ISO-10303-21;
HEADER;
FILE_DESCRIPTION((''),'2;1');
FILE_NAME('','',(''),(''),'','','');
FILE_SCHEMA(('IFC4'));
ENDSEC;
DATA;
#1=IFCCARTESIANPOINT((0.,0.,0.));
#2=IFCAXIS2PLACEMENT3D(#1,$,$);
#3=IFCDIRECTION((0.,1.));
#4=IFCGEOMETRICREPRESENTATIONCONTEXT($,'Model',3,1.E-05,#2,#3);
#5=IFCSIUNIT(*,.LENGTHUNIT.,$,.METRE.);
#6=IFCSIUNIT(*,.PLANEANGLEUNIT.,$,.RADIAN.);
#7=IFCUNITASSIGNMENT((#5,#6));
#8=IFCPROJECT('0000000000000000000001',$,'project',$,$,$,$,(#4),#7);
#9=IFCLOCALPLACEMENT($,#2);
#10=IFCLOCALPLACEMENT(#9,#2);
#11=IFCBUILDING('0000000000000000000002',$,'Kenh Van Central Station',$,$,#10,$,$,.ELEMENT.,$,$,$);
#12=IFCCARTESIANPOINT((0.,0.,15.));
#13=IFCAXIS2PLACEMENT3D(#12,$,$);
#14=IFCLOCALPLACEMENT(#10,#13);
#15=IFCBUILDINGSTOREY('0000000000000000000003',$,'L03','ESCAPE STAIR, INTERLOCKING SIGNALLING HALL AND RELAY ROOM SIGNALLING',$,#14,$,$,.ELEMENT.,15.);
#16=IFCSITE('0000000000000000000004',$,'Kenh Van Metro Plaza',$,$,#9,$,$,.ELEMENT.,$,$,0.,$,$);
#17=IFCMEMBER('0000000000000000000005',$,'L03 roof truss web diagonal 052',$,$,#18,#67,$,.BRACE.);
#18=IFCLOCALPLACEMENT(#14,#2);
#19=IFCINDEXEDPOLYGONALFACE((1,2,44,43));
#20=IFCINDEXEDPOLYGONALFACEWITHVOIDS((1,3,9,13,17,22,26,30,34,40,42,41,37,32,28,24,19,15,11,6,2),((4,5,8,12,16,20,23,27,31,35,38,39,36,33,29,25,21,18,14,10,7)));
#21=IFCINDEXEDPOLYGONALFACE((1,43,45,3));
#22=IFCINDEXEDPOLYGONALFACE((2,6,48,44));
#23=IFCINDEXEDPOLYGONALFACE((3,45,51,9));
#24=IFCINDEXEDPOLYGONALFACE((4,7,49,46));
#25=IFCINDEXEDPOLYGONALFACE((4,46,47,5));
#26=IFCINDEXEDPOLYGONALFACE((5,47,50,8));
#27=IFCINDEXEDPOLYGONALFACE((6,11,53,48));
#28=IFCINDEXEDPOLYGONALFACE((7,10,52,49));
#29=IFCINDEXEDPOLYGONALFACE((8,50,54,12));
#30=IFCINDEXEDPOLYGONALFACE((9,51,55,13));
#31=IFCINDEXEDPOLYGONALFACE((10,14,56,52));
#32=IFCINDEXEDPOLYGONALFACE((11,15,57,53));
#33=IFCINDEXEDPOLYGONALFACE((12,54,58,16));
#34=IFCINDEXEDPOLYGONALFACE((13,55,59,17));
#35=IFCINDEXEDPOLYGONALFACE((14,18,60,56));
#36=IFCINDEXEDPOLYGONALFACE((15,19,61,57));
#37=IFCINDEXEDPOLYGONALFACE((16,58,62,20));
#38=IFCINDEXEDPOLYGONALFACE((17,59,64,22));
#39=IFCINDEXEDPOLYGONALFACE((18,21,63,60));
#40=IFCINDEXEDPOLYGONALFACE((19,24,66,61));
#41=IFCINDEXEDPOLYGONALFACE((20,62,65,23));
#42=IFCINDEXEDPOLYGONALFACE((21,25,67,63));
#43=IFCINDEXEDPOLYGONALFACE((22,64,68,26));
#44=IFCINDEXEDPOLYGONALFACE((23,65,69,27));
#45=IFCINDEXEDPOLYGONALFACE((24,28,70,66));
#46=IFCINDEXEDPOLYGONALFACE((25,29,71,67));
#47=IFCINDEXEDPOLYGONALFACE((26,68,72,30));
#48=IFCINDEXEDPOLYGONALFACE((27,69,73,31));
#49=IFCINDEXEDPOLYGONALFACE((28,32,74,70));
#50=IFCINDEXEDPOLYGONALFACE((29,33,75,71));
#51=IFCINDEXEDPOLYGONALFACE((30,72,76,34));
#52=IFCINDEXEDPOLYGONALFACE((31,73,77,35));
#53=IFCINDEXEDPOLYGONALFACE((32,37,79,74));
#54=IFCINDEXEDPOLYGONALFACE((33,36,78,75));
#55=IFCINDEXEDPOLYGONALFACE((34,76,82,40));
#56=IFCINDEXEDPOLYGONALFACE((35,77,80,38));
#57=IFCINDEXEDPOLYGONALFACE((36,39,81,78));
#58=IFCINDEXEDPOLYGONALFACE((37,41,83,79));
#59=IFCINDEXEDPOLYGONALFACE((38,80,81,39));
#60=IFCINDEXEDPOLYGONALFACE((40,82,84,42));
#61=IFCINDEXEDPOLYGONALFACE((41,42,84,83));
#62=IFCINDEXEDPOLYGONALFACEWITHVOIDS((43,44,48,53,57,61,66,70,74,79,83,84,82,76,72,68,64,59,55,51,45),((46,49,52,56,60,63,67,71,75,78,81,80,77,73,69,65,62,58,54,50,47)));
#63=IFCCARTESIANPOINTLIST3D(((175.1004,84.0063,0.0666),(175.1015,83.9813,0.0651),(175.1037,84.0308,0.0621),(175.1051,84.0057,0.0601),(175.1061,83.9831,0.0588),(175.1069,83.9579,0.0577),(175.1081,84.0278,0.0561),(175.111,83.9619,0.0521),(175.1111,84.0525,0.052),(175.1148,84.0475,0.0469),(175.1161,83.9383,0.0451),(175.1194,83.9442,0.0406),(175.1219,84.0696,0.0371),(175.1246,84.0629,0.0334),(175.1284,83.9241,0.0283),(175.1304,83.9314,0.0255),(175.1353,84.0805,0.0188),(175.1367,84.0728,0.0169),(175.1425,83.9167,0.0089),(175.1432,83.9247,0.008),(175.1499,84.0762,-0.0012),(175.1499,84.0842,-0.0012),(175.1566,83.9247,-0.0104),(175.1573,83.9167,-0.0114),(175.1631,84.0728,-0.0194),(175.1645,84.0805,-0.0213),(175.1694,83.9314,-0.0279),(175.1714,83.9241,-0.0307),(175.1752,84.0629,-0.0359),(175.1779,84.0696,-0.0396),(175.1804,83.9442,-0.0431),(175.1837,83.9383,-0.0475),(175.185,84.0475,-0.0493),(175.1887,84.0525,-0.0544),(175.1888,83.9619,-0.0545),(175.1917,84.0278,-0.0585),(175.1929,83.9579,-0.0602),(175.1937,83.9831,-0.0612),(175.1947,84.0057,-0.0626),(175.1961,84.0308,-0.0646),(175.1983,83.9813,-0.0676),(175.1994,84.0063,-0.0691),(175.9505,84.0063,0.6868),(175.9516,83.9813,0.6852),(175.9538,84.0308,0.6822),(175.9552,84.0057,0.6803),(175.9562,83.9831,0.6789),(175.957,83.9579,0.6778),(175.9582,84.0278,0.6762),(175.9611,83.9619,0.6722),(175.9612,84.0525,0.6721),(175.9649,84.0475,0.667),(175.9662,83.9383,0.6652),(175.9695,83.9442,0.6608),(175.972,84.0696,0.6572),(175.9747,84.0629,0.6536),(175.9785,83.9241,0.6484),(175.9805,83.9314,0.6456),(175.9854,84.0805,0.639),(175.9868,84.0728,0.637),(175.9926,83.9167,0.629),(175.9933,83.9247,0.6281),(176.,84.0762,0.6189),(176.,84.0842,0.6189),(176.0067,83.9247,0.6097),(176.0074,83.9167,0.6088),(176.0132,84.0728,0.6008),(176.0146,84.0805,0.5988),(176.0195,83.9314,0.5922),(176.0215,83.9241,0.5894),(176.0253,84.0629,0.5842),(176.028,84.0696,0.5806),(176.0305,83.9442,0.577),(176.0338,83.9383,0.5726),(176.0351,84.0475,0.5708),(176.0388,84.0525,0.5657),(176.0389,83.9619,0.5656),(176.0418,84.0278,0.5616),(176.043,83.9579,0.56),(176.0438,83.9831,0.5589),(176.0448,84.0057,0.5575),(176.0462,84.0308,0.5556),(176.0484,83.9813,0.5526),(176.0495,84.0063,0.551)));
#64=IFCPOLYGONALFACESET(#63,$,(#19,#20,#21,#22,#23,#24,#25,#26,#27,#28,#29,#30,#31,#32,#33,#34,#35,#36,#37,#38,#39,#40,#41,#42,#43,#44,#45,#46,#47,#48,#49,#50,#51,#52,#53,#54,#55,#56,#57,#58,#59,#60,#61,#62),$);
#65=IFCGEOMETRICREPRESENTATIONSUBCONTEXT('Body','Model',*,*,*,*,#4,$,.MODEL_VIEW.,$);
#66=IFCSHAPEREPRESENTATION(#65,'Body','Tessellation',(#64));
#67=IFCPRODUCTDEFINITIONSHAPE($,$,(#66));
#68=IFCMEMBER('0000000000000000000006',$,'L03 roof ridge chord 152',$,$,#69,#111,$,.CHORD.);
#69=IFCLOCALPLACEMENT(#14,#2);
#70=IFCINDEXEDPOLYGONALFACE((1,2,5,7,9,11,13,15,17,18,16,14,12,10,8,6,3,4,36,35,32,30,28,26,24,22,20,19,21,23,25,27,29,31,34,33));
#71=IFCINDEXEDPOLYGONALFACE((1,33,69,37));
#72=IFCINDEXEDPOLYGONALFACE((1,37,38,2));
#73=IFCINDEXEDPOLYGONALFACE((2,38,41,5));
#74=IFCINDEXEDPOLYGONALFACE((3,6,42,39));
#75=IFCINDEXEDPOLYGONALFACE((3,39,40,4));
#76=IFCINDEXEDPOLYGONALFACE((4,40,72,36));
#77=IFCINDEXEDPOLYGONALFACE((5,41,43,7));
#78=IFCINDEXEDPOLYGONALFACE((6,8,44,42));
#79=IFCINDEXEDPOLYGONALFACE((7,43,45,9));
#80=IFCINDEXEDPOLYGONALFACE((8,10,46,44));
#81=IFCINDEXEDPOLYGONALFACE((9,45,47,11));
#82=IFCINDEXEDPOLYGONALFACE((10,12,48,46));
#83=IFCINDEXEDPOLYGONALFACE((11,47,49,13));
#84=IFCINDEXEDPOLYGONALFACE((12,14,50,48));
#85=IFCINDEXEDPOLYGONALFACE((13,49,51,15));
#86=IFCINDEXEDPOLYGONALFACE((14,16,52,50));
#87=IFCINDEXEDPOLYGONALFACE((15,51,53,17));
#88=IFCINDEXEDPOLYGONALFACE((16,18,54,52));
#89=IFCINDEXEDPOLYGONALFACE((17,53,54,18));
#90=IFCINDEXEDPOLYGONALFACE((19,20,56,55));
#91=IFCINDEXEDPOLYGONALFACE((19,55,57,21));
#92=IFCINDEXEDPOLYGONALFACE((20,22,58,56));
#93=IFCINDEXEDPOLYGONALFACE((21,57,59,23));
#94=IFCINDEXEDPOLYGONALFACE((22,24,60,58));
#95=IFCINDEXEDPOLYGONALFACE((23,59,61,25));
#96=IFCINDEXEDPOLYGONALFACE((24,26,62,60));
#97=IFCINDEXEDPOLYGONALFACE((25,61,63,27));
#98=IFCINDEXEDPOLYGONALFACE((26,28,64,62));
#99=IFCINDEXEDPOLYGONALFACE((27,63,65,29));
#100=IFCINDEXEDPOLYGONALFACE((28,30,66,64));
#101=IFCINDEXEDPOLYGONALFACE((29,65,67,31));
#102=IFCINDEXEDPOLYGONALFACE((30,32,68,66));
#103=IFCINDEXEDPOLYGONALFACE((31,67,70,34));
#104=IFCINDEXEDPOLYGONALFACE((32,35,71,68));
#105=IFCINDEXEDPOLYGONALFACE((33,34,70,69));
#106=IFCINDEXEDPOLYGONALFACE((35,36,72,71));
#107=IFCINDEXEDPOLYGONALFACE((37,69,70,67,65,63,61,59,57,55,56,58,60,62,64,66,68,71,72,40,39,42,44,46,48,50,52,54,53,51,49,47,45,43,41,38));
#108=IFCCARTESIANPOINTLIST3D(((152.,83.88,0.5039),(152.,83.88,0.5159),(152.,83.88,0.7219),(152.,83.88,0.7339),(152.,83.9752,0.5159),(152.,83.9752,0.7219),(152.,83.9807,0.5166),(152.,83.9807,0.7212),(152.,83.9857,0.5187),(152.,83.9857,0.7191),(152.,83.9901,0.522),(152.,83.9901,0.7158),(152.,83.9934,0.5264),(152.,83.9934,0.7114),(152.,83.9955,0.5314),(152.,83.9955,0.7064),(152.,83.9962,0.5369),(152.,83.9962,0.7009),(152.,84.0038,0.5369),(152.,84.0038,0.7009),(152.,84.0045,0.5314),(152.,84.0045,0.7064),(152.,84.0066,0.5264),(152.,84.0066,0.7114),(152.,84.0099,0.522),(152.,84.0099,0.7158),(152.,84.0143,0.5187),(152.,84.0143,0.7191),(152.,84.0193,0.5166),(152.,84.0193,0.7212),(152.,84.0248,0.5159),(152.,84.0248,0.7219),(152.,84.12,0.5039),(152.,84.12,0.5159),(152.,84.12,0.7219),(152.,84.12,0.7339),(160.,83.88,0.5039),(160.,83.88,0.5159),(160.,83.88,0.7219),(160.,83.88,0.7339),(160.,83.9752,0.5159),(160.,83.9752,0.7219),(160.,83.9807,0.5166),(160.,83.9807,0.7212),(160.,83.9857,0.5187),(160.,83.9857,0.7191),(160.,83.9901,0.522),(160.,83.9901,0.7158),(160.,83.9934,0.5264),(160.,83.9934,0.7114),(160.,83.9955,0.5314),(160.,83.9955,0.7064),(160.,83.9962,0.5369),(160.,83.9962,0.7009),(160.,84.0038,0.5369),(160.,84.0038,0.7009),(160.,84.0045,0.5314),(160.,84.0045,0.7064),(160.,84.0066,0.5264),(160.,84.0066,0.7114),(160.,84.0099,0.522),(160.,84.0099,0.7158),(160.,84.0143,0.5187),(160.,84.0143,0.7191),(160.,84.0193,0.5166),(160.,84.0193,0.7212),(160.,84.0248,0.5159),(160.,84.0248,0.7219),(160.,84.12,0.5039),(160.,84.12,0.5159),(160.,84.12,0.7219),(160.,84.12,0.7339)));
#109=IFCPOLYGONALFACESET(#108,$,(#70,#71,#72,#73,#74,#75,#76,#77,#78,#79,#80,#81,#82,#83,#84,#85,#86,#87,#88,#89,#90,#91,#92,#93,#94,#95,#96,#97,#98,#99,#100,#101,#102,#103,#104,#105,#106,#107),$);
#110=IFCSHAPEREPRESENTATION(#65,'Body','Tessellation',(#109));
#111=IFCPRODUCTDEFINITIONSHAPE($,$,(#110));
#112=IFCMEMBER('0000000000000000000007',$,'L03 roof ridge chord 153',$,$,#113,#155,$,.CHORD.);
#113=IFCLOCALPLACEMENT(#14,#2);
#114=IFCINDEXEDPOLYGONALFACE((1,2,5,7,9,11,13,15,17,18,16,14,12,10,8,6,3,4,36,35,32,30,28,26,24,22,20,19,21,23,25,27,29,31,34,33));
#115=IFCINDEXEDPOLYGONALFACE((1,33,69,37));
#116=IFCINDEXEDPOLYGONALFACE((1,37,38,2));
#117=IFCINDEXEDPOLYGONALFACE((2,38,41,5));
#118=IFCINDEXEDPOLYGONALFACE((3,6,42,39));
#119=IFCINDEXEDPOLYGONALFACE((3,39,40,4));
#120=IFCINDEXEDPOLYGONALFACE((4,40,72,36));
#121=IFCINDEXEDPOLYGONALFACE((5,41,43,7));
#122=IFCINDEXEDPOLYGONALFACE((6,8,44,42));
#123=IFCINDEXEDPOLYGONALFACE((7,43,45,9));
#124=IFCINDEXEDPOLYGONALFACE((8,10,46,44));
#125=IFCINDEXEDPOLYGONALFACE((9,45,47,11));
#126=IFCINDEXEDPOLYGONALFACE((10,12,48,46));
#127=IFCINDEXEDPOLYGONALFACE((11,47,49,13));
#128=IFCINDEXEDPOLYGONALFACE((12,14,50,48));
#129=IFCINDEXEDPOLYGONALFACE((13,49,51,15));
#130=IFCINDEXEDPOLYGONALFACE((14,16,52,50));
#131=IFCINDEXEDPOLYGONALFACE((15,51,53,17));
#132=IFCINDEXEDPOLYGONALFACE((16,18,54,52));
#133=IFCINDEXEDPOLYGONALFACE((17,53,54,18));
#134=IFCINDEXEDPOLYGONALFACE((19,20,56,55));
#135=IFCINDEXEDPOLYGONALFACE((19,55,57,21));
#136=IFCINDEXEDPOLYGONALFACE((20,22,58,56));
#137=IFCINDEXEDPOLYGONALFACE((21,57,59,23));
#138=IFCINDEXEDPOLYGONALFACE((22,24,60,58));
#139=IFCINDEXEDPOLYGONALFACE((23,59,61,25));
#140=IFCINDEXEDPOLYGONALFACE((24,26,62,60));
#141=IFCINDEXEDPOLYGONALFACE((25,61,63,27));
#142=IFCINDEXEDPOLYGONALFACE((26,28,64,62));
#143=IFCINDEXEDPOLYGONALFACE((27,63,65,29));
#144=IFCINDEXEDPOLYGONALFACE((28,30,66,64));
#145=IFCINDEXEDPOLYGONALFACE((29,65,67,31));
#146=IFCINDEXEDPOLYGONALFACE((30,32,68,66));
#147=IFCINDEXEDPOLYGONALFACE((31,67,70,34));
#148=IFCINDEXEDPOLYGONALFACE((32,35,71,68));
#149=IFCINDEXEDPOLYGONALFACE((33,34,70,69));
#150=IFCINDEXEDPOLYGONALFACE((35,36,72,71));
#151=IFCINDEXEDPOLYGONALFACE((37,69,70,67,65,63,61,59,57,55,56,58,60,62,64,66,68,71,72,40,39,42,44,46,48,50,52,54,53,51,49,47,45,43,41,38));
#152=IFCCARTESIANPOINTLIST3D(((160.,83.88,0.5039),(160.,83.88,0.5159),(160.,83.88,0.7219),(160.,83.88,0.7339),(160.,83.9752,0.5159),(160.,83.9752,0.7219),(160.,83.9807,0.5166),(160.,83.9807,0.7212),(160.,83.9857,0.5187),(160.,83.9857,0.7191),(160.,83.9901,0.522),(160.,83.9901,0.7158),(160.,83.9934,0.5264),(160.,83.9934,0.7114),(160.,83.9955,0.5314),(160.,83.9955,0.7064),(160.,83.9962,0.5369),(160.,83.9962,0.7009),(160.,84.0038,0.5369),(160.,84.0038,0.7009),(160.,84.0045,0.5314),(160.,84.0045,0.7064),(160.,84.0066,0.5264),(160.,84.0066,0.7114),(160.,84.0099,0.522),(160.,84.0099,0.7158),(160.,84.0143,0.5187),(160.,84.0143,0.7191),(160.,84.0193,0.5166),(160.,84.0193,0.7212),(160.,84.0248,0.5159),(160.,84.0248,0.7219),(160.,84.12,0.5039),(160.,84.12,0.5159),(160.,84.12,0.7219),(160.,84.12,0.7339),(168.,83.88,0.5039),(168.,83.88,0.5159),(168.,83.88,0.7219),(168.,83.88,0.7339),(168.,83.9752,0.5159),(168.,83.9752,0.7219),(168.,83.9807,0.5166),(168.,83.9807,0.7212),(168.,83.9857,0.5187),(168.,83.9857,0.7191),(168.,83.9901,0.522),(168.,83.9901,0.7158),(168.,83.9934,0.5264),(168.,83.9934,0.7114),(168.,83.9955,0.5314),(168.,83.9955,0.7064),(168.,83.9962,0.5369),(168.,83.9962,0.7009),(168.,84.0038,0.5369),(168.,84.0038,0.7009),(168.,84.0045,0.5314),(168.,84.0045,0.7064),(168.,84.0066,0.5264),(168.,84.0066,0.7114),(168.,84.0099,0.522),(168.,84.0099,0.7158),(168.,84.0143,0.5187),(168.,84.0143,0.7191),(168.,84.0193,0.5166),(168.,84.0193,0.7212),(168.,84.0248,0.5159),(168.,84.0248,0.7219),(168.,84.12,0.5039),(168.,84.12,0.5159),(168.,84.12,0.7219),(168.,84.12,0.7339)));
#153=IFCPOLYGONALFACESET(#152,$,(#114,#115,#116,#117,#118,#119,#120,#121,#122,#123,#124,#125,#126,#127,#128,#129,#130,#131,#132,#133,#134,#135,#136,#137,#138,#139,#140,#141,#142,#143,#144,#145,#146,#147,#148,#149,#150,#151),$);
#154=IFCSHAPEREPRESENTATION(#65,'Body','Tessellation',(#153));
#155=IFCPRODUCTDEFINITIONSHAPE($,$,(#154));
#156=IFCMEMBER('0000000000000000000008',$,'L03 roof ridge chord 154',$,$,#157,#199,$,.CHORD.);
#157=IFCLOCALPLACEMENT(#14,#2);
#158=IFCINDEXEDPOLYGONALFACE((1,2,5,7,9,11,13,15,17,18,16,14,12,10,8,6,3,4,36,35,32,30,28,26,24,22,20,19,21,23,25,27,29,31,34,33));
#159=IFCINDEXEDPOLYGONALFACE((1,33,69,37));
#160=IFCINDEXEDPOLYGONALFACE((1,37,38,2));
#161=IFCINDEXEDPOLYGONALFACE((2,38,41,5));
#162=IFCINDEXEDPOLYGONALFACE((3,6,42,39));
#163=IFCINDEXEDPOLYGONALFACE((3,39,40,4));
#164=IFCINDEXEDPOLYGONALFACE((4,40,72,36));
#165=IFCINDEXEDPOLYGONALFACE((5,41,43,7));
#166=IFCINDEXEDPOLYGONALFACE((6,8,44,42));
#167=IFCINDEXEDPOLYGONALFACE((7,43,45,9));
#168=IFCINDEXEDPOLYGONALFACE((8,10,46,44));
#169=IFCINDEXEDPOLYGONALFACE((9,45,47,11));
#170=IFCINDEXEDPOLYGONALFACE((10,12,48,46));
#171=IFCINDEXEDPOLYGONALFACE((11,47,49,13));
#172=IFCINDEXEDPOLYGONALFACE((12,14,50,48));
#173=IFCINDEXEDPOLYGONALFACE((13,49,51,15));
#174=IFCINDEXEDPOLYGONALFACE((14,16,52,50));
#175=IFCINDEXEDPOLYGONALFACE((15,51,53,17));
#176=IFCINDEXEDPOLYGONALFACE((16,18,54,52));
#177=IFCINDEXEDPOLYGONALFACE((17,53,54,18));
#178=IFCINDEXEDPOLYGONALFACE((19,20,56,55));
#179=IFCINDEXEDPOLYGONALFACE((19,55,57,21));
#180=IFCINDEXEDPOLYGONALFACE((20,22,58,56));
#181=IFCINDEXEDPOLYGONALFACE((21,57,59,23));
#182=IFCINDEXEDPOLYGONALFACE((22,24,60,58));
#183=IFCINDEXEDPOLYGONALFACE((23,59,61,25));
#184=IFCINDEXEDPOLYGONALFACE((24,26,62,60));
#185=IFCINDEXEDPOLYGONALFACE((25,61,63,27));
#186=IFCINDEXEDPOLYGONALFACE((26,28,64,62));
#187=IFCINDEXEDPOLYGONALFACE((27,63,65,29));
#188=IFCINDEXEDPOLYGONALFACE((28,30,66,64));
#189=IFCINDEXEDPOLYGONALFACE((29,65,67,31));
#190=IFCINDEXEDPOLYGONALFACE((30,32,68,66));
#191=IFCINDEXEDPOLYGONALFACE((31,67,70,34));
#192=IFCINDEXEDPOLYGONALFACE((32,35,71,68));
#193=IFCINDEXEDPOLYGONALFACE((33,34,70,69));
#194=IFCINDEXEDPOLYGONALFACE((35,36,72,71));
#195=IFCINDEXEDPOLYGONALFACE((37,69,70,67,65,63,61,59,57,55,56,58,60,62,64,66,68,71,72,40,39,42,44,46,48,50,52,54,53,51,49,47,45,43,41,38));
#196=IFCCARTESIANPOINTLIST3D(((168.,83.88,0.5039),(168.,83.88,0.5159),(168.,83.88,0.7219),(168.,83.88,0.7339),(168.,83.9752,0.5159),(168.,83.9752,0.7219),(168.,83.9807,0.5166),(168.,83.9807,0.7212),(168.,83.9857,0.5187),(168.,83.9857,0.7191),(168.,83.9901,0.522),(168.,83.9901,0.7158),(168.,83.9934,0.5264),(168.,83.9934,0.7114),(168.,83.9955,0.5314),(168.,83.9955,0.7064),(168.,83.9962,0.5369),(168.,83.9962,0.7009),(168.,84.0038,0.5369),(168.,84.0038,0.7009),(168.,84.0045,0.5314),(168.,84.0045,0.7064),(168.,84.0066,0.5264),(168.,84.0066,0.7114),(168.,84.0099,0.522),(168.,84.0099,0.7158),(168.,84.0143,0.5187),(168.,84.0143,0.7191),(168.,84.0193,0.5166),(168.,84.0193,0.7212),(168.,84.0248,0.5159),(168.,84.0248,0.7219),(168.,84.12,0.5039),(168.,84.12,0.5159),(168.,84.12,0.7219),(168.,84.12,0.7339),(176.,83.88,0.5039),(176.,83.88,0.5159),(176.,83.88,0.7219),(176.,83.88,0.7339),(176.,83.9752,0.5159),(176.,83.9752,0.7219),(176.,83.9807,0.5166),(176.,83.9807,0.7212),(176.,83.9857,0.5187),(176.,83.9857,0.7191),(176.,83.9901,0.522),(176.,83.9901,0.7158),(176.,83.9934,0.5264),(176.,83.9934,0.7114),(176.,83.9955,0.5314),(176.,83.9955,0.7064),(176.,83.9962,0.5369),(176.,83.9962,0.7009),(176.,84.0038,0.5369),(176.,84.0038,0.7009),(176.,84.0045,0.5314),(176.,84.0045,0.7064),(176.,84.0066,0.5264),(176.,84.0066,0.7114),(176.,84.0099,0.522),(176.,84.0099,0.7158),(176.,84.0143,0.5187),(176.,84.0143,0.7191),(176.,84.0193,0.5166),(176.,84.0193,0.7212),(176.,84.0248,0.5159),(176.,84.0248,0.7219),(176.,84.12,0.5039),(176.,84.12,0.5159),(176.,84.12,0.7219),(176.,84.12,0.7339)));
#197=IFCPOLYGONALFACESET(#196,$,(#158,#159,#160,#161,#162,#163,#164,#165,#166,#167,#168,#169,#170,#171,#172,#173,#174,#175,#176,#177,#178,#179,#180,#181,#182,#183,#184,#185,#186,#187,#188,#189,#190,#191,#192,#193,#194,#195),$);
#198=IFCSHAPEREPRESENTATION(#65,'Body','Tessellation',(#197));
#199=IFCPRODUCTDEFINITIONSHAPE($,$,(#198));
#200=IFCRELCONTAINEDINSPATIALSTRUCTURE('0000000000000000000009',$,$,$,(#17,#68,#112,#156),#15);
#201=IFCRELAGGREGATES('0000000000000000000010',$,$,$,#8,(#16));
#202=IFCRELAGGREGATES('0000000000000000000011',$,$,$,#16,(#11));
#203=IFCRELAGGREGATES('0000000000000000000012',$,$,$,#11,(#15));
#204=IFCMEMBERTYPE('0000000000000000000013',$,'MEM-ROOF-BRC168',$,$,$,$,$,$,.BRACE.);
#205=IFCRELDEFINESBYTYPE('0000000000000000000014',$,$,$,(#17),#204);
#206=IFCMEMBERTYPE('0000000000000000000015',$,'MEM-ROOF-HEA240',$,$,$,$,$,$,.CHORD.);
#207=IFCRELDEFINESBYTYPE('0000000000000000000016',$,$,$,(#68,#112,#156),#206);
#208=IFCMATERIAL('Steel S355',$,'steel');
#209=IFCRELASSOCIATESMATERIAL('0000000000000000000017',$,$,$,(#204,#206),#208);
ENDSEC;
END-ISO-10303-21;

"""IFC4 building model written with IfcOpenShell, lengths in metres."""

from ifc_helpers import new_model, si_unit, direction, frame, origin, origin_2d, place, context, subcontext, project, spatial, hollow_circle, i_section, extrude, material, material_profile, profile_set, type_object, element, save


model = new_model("IFC4")

# Units and contexts
model_context = context("Model", 3, precision=1e-05, world=origin(), true_north=direction((0.0, 1.0)))
body_context = subcontext(model_context, "Body", "Model", "MODEL_VIEW")
ifc_project = project(units=[si_unit("LENGTHUNIT", "METRE"), si_unit("PLANEANGLEUNIT", "RADIAN")], contexts=[model_context])

# Site, building, storey
site_placement = place(None, origin())
site = spatial("IfcSite", under=ifc_project, at=site_placement, Name="Kenh Van Metro Plaza", CompositionType="ELEMENT", RefElevation=0.0)
building_placement = place(site_placement, origin())
building = spatial("IfcBuilding", under=site, at=building_placement, Name="Kenh Van Central Station", CompositionType="ELEMENT")
storey_placement = place(building_placement, frame((0.0, 0.0, 15.0)))
storey = spatial("IfcBuildingStorey", under=building, at=storey_placement, Name="L03", Description="ESCAPE STAIR, INTERLOCKING SIGNALLING HALL AND RELAY ROOM SIGNALLING", CompositionType="ELEMENT", Elevation=15.0)

# Shared definitions
ifc_material_1 = material(Name="Steel S355", Category="steel")

# Members
ifc_material_profile_1 = material_profile(ifc_material_1, hollow_circle(Radius=0.0842, WallThickness=0.0081, at=origin_2d()), Name="CHS 168.3x8")
ifc_profile_set_1 = profile_set([ifc_material_profile_1], Name="Steel S355")
member_type_1 = type_object("IfcMemberType", Name="MEM-ROOF-BRC168", PredefinedType="BRACE", material=ifc_profile_set_1)
for number, where, z_axis, x_axis, name in (
    (1, (175.1499, 84.0, -0.0012), (0.807892, 0.0, 0.58933), (0.0, 1.0, 0.0), "L03 roof truss web diagonal 052"),
):
    element("IfcMember", number, at=place(storey_placement, frame(where, z_axis=z_axis, x_axis=x_axis)), inside=storey, type_object=member_type_1, Name=name, PredefinedType="BRACE", context=body_context, shape_type="SweptSolid", body=[
        extrude(hollow_circle(Radius=0.0842, WallThickness=0.0081, at=origin_2d()), origin(), (0.0, 0.0, 1.0), 1.0522),
    ])
ifc_material_profile_2 = material_profile(ifc_material_1, i_section(OverallWidth=0.24, OverallDepth=0.23, WebThickness=0.0076, FlangeThickness=0.012, FilletRadius=0.021, at=origin_2d()), Name="HEA 240")
ifc_profile_set_2 = profile_set([ifc_material_profile_2], Name="Steel S355")
member_type_2 = type_object("IfcMemberType", Name="MEM-ROOF-HEA240", PredefinedType="CHORD", material=ifc_profile_set_2)
for number, where, z_axis, x_axis, name in (
    (2, (152.0, 84.0, 0.6189), (1.0, 0.0, 0.0), (0.0, 1.0, 0.0), "L03 roof ridge chord 152"),
    (3, (160.0, 84.0, 0.6189), (1.0, 0.0, 0.0), (0.0, 1.0, 0.0), "L03 roof ridge chord 153"),
    (4, (168.0, 84.0, 0.6189), (1.0, 0.0, 0.0), (0.0, 1.0, 0.0), "L03 roof ridge chord 154"),
):
    element("IfcMember", number, at=place(storey_placement, frame(where, z_axis=z_axis, x_axis=x_axis)), inside=storey, type_object=member_type_2, Name=name, PredefinedType="CHORD", context=body_context, shape_type="SweptSolid", body=[
        extrude(i_section(OverallWidth=0.24, OverallDepth=0.23, WebThickness=0.0076, FlangeThickness=0.012, FilletRadius=0.021, at=origin_2d()), origin(), (0.0, 0.0, 1.0), 8.0),
    ])

save(model, "model.ifc")
